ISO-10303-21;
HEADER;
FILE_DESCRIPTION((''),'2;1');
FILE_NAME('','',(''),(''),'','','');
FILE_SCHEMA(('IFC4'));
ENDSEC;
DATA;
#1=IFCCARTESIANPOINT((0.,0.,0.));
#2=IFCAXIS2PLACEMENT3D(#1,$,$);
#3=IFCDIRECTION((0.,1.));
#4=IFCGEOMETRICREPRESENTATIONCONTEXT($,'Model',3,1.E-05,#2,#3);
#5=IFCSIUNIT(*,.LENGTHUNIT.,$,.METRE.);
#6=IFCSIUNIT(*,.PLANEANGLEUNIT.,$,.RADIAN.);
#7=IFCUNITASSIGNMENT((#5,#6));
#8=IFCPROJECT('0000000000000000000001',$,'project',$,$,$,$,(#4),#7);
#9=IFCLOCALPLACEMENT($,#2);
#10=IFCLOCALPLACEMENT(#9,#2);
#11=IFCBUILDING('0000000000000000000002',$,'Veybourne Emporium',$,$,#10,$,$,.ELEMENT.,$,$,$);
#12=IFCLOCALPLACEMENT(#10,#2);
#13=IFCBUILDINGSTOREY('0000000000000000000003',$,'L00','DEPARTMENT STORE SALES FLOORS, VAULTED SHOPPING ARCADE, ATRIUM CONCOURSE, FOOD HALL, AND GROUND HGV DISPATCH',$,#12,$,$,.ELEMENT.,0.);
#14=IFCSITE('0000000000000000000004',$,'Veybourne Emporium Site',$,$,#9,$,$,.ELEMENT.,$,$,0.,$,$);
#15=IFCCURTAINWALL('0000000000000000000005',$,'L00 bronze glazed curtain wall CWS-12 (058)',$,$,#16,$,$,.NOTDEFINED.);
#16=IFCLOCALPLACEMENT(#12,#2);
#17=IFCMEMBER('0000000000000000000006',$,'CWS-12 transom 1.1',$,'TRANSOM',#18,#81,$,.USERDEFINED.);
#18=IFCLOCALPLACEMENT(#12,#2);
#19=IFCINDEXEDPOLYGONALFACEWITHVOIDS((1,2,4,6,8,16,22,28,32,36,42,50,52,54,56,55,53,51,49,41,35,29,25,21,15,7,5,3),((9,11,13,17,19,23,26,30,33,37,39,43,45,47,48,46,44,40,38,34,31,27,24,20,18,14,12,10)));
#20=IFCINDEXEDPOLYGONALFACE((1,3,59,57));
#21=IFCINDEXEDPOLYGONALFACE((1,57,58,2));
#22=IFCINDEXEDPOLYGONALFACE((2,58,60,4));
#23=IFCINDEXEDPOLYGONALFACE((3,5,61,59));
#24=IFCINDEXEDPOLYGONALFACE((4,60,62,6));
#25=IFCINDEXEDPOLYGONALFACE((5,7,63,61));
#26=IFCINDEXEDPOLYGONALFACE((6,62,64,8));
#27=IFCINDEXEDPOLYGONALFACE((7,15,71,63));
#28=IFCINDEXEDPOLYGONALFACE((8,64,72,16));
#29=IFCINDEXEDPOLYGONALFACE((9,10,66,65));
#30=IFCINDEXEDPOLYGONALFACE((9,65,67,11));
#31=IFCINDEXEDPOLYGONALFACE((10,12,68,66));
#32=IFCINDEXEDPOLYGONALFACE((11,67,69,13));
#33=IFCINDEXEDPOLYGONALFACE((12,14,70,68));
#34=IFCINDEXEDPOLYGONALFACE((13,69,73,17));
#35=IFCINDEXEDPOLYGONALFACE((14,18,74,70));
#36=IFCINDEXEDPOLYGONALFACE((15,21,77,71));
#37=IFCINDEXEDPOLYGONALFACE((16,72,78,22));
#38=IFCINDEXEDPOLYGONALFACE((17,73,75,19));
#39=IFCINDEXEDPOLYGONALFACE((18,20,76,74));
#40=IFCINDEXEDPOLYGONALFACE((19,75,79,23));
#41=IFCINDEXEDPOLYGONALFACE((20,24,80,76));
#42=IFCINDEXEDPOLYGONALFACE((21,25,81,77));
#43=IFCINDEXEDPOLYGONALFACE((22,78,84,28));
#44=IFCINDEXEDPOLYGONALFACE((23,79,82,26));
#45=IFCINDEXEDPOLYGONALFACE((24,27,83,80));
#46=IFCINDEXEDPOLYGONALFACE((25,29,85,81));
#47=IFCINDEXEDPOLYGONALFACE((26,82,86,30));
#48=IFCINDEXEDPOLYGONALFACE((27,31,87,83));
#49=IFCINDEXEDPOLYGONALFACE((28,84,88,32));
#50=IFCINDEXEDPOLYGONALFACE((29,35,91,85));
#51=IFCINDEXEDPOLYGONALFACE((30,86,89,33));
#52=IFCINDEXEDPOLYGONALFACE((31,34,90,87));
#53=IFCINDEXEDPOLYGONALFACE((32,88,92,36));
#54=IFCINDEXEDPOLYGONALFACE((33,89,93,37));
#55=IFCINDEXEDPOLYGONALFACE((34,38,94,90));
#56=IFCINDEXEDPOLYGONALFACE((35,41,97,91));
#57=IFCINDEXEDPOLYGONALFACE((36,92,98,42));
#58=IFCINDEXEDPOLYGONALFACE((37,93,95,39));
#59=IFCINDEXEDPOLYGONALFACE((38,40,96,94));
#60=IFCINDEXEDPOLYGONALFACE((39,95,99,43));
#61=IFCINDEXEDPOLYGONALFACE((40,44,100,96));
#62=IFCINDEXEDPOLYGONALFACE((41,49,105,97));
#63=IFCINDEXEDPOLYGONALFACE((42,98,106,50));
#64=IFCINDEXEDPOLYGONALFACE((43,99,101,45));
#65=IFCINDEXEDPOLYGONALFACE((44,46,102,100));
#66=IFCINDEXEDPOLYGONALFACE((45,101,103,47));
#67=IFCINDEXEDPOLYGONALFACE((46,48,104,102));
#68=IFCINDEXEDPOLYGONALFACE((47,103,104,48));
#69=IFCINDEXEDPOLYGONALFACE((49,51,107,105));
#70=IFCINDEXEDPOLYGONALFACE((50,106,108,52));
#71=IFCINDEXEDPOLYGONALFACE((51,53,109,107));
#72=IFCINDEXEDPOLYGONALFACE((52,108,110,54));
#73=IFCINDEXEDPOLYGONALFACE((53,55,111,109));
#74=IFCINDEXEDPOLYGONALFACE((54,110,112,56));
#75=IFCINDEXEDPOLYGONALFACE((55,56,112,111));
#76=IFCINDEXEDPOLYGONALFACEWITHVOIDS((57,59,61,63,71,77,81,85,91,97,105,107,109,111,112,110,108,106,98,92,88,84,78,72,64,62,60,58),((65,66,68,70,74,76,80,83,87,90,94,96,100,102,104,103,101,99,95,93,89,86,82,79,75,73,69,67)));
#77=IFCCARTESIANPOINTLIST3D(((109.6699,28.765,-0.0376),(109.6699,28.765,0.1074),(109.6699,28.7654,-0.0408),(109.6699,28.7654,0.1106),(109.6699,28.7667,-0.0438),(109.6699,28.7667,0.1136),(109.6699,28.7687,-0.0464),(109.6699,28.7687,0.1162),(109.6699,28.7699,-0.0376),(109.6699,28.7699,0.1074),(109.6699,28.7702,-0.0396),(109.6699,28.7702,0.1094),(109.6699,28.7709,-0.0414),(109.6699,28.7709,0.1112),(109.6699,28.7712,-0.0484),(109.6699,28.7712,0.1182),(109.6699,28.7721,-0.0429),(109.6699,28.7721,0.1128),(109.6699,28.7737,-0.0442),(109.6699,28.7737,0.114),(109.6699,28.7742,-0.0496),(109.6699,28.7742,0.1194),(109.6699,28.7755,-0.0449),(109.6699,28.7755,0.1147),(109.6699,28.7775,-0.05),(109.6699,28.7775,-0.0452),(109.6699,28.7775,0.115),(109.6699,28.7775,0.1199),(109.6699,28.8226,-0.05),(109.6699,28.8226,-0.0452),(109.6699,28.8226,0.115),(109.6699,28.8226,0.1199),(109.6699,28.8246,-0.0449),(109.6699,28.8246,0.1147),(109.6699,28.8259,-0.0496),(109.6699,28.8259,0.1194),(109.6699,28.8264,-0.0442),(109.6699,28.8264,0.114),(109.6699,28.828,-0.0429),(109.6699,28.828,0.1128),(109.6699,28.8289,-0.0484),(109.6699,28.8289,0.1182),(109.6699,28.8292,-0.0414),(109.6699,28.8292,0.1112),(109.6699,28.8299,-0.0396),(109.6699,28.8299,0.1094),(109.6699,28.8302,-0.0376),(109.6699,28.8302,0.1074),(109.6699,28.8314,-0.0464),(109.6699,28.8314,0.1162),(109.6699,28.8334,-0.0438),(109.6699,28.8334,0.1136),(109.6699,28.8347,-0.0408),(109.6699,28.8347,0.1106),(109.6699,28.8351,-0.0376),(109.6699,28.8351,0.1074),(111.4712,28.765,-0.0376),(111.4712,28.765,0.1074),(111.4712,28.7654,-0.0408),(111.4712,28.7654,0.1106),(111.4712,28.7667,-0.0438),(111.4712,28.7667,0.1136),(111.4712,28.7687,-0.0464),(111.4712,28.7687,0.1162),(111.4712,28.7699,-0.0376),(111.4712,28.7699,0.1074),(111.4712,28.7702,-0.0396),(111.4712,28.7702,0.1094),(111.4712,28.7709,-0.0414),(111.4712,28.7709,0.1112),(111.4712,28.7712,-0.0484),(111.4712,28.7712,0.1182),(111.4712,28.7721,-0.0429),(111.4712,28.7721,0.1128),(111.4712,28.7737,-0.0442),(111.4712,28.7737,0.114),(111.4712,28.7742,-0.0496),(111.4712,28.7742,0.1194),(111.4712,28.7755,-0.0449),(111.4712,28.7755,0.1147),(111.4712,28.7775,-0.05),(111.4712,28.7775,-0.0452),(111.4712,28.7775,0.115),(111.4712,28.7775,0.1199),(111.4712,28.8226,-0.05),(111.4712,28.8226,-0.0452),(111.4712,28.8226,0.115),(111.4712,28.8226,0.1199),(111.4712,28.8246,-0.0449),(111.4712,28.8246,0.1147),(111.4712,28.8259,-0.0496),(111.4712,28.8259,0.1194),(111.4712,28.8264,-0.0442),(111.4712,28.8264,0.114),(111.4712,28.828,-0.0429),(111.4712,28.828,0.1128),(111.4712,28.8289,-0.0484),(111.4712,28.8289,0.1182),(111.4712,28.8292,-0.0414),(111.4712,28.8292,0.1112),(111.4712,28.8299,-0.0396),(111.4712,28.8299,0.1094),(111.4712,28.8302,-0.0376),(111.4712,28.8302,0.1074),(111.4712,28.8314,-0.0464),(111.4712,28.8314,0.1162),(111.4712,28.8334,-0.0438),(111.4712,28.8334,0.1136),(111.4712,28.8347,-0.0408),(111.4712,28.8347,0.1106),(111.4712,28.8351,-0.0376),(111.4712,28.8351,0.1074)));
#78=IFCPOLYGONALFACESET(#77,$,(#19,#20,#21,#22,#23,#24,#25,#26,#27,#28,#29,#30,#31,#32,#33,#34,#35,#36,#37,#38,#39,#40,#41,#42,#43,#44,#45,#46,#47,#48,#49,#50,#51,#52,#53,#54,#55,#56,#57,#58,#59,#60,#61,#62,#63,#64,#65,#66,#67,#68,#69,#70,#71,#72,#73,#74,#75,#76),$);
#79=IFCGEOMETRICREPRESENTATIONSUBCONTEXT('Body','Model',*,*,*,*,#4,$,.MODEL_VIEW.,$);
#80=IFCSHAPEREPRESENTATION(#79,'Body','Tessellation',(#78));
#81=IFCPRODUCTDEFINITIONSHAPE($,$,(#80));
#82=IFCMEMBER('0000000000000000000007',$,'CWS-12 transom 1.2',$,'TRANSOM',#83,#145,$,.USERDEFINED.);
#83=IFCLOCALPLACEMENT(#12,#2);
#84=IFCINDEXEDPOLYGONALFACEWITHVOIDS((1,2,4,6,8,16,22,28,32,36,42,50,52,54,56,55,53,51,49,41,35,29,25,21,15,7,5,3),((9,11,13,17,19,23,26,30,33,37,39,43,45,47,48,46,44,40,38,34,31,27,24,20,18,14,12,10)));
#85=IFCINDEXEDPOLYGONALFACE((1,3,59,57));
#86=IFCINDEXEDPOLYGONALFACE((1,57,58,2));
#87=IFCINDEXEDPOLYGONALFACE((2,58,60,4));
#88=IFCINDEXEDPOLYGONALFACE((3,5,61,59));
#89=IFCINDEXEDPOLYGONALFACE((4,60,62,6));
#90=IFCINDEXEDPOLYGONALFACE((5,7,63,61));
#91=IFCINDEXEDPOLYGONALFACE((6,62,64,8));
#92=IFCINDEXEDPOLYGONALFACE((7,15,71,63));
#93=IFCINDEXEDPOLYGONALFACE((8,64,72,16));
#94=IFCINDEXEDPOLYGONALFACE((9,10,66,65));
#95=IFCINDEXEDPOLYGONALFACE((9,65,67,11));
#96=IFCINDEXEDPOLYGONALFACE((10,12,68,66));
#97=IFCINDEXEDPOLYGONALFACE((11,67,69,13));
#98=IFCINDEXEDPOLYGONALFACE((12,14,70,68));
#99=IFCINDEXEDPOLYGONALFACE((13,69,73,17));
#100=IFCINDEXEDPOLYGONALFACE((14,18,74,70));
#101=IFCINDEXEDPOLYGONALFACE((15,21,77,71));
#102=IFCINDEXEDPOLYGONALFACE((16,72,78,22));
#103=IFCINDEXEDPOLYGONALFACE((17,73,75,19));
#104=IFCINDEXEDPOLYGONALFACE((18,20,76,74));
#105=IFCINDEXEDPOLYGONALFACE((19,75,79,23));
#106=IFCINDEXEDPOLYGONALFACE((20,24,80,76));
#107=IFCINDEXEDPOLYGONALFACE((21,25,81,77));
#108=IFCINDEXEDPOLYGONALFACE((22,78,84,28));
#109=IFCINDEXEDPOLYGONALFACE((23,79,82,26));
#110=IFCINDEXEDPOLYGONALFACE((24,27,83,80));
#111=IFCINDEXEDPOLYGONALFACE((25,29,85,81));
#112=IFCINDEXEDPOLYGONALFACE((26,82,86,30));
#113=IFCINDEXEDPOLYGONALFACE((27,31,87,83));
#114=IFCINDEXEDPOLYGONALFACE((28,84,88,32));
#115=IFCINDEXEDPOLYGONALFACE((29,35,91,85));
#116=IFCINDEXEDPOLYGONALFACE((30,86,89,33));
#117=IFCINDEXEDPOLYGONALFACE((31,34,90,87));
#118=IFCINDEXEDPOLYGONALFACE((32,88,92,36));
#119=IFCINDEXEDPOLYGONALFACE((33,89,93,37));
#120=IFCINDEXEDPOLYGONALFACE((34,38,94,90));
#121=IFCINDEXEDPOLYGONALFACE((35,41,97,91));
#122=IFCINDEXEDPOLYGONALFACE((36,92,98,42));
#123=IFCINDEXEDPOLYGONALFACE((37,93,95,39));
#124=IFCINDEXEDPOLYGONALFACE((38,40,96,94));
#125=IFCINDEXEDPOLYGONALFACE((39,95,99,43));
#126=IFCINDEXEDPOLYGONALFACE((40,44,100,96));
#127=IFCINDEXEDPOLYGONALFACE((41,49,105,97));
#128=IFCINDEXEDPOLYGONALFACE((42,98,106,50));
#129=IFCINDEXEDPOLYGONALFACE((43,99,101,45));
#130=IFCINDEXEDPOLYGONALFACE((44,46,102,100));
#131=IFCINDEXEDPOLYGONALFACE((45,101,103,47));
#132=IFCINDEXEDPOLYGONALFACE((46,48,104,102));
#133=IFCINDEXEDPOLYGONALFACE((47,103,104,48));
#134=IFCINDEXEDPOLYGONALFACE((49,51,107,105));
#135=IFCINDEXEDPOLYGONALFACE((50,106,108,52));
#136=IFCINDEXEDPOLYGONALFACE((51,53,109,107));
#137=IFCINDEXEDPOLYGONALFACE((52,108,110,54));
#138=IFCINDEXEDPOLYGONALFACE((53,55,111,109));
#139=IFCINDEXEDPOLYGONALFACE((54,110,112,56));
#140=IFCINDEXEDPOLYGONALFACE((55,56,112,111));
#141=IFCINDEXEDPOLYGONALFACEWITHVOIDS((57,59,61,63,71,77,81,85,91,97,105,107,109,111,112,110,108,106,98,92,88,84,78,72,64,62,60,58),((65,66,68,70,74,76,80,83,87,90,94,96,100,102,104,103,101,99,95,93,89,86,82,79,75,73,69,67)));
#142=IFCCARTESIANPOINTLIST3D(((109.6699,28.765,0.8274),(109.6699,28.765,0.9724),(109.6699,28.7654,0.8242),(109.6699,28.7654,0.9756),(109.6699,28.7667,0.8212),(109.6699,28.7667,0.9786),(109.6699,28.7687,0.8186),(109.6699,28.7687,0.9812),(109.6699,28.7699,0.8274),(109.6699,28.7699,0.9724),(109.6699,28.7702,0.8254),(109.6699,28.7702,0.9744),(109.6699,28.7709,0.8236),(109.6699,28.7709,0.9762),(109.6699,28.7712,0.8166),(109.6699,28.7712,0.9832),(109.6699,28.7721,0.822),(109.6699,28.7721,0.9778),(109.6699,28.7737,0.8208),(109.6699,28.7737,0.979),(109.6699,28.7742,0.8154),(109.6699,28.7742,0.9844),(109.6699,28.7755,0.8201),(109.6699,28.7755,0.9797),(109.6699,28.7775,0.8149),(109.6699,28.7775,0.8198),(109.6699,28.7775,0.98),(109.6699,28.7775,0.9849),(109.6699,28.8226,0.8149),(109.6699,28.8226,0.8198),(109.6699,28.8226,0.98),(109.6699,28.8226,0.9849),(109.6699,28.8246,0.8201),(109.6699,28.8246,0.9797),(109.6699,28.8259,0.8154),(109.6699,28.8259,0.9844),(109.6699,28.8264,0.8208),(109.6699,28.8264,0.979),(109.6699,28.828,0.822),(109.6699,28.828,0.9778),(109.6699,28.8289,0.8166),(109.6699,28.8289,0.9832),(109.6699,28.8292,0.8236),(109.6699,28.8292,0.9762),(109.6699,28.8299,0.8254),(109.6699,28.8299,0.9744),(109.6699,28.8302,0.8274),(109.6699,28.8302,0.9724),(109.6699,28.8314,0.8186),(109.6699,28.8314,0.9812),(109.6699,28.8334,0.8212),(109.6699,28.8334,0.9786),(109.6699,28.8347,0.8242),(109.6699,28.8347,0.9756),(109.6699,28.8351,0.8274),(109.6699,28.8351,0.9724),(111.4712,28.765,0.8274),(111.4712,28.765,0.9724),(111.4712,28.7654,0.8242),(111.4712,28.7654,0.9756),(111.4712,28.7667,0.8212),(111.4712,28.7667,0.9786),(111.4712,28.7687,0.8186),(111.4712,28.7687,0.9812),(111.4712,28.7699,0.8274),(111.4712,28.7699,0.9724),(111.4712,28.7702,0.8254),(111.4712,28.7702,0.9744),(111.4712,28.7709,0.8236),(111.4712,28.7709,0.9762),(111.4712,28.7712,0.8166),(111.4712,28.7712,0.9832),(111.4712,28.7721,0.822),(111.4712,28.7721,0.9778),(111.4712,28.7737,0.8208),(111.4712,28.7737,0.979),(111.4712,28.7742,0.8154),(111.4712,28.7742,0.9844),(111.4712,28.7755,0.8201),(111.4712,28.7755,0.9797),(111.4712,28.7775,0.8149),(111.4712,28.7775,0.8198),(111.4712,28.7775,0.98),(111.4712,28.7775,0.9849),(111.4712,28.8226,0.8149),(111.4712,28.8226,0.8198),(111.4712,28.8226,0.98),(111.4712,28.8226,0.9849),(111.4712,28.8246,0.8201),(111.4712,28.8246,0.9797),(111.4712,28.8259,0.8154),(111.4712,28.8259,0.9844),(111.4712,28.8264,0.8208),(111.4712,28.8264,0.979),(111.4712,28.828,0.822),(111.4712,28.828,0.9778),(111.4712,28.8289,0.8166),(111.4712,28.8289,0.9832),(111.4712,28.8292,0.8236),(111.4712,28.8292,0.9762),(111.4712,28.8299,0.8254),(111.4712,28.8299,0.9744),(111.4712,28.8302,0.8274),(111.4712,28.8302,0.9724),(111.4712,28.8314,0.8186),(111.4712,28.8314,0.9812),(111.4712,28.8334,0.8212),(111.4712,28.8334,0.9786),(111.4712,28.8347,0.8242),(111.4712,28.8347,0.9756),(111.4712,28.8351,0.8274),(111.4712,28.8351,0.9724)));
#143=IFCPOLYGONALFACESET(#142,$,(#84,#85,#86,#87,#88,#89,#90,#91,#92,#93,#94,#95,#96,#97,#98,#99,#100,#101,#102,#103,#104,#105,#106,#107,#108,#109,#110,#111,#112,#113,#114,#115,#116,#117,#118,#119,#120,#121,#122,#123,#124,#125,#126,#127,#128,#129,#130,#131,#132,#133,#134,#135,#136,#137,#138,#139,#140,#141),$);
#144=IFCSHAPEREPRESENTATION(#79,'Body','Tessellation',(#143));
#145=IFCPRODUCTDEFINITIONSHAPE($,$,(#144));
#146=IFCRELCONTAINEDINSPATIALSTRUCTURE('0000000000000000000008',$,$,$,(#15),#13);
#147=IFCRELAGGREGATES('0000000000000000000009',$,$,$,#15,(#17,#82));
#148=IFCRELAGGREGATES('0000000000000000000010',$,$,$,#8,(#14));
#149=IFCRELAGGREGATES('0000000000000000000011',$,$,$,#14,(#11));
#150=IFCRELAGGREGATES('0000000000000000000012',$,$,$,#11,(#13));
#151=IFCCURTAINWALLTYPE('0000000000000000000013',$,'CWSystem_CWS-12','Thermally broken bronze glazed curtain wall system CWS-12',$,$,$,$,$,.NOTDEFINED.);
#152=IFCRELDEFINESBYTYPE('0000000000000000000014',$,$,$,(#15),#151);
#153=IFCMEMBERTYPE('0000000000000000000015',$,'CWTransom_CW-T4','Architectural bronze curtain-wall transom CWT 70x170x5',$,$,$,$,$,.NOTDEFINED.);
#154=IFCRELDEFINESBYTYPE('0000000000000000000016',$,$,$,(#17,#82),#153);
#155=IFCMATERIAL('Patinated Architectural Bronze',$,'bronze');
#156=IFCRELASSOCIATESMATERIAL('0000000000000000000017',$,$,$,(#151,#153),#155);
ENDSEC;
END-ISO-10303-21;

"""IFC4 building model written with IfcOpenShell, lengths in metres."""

from ifc_helpers import new_model, si_unit, direction, frame, origin, origin_2d, place, context, subcontext, project, spatial, hollow_rectangle, extrude, material, material_profile, profile_set, type_object, element, aggregate, save


model = new_model("IFC4")

# Units and contexts
model_context = context("Model", 3, precision=1e-05, world=origin(), true_north=direction((0.0, 1.0)))
body_context = subcontext(model_context, "Body", "Model", "MODEL_VIEW")
ifc_project = project(units=[si_unit("LENGTHUNIT", "METRE"), si_unit("PLANEANGLEUNIT", "RADIAN")], contexts=[model_context])

# Site, building, storey
site_placement = place(None, origin())
site = spatial("IfcSite", under=ifc_project, at=site_placement, Name="Veybourne Emporium Site", CompositionType="ELEMENT", RefElevation=0.0)
building_placement = place(site_placement, origin())
building = spatial("IfcBuilding", under=site, at=building_placement, Name="Veybourne Emporium", CompositionType="ELEMENT")
storey_placement = place(building_placement, origin())
storey = spatial("IfcBuildingStorey", under=building, at=storey_placement, Name="L00", Description="DEPARTMENT STORE SALES FLOORS, VAULTED SHOPPING ARCADE, ATRIUM CONCOURSE, FOOD HALL, AND GROUND HGV DISPATCH", CompositionType="ELEMENT", Elevation=0.0)

# Curtain wall
ifc_material_1 = material(Name="Patinated Architectural Bronze", Category="bronze")
curtain_wall_type_1 = type_object("IfcCurtainWallType", Name="CWSystem_CWS-12", Description="Thermally broken bronze glazed curtain wall system CWS-12", PredefinedType="NOTDEFINED", material=ifc_material_1)
curtain_wall_1_placement = place(storey_placement, origin())
curtain_wall_1 = element("IfcCurtainWall", 1, at=curtain_wall_1_placement, inside=storey, type_object=curtain_wall_type_1, Name="L00 bronze glazed curtain wall CWS-12 (058)", PredefinedType="NOTDEFINED")

# Members
ifc_material_profile_1 = material_profile(ifc_material_1, hollow_rectangle(XDim=0.0701, YDim=0.1699, WallThickness=0.0049, InnerFilletRadius=0.0076, OuterFilletRadius=0.0125, at=origin_2d()), Name="CWT 70x170x5")
ifc_profile_set_1 = profile_set([ifc_material_profile_1], Name="Patinated Architectural Bronze")
member_type_1 = type_object("IfcMemberType", Name="CWTransom_CW-T4", Description="Architectural bronze curtain-wall transom CWT 70x170x5", PredefinedType="NOTDEFINED", material=ifc_profile_set_1)
member_1_placement = place(storey_placement, frame((109.6699, 28.8, 0.0349), z_axis=(1.0, 0.0, 0.0), x_axis=(0.0, 1.0, 0.0)))
member_1 = element("IfcMember", 2, at=member_1_placement, type_object=member_type_1, Name="CWS-12 transom 1.1", ObjectType="TRANSOM", PredefinedType="USERDEFINED", context=body_context, shape_type="SweptSolid", body=[
    extrude(hollow_rectangle(XDim=0.0701, YDim=0.1699, WallThickness=0.0049, InnerFilletRadius=0.0076, OuterFilletRadius=0.0125, at=origin_2d()), origin(), (0.0, 0.0, 1.0), 1.8013),
])
member_2_placement = place(storey_placement, frame((109.6699, 28.8, 0.8999), z_axis=(1.0, 0.0, 0.0), x_axis=(0.0, 1.0, 0.0)))
member_2 = element("IfcMember", 3, at=member_2_placement, type_object=member_type_1, Name="CWS-12 transom 1.2", ObjectType="TRANSOM", PredefinedType="USERDEFINED", context=body_context, shape_type="SweptSolid", body=[
    extrude(hollow_rectangle(XDim=0.0701, YDim=0.1699, WallThickness=0.0049, InnerFilletRadius=0.0076, OuterFilletRadius=0.0125, at=origin_2d()), origin(), (0.0, 0.0, 1.0), 1.8013),
])

aggregate(curtain_wall_1, [member_1, member_2])

save(model, "model.ifc")
